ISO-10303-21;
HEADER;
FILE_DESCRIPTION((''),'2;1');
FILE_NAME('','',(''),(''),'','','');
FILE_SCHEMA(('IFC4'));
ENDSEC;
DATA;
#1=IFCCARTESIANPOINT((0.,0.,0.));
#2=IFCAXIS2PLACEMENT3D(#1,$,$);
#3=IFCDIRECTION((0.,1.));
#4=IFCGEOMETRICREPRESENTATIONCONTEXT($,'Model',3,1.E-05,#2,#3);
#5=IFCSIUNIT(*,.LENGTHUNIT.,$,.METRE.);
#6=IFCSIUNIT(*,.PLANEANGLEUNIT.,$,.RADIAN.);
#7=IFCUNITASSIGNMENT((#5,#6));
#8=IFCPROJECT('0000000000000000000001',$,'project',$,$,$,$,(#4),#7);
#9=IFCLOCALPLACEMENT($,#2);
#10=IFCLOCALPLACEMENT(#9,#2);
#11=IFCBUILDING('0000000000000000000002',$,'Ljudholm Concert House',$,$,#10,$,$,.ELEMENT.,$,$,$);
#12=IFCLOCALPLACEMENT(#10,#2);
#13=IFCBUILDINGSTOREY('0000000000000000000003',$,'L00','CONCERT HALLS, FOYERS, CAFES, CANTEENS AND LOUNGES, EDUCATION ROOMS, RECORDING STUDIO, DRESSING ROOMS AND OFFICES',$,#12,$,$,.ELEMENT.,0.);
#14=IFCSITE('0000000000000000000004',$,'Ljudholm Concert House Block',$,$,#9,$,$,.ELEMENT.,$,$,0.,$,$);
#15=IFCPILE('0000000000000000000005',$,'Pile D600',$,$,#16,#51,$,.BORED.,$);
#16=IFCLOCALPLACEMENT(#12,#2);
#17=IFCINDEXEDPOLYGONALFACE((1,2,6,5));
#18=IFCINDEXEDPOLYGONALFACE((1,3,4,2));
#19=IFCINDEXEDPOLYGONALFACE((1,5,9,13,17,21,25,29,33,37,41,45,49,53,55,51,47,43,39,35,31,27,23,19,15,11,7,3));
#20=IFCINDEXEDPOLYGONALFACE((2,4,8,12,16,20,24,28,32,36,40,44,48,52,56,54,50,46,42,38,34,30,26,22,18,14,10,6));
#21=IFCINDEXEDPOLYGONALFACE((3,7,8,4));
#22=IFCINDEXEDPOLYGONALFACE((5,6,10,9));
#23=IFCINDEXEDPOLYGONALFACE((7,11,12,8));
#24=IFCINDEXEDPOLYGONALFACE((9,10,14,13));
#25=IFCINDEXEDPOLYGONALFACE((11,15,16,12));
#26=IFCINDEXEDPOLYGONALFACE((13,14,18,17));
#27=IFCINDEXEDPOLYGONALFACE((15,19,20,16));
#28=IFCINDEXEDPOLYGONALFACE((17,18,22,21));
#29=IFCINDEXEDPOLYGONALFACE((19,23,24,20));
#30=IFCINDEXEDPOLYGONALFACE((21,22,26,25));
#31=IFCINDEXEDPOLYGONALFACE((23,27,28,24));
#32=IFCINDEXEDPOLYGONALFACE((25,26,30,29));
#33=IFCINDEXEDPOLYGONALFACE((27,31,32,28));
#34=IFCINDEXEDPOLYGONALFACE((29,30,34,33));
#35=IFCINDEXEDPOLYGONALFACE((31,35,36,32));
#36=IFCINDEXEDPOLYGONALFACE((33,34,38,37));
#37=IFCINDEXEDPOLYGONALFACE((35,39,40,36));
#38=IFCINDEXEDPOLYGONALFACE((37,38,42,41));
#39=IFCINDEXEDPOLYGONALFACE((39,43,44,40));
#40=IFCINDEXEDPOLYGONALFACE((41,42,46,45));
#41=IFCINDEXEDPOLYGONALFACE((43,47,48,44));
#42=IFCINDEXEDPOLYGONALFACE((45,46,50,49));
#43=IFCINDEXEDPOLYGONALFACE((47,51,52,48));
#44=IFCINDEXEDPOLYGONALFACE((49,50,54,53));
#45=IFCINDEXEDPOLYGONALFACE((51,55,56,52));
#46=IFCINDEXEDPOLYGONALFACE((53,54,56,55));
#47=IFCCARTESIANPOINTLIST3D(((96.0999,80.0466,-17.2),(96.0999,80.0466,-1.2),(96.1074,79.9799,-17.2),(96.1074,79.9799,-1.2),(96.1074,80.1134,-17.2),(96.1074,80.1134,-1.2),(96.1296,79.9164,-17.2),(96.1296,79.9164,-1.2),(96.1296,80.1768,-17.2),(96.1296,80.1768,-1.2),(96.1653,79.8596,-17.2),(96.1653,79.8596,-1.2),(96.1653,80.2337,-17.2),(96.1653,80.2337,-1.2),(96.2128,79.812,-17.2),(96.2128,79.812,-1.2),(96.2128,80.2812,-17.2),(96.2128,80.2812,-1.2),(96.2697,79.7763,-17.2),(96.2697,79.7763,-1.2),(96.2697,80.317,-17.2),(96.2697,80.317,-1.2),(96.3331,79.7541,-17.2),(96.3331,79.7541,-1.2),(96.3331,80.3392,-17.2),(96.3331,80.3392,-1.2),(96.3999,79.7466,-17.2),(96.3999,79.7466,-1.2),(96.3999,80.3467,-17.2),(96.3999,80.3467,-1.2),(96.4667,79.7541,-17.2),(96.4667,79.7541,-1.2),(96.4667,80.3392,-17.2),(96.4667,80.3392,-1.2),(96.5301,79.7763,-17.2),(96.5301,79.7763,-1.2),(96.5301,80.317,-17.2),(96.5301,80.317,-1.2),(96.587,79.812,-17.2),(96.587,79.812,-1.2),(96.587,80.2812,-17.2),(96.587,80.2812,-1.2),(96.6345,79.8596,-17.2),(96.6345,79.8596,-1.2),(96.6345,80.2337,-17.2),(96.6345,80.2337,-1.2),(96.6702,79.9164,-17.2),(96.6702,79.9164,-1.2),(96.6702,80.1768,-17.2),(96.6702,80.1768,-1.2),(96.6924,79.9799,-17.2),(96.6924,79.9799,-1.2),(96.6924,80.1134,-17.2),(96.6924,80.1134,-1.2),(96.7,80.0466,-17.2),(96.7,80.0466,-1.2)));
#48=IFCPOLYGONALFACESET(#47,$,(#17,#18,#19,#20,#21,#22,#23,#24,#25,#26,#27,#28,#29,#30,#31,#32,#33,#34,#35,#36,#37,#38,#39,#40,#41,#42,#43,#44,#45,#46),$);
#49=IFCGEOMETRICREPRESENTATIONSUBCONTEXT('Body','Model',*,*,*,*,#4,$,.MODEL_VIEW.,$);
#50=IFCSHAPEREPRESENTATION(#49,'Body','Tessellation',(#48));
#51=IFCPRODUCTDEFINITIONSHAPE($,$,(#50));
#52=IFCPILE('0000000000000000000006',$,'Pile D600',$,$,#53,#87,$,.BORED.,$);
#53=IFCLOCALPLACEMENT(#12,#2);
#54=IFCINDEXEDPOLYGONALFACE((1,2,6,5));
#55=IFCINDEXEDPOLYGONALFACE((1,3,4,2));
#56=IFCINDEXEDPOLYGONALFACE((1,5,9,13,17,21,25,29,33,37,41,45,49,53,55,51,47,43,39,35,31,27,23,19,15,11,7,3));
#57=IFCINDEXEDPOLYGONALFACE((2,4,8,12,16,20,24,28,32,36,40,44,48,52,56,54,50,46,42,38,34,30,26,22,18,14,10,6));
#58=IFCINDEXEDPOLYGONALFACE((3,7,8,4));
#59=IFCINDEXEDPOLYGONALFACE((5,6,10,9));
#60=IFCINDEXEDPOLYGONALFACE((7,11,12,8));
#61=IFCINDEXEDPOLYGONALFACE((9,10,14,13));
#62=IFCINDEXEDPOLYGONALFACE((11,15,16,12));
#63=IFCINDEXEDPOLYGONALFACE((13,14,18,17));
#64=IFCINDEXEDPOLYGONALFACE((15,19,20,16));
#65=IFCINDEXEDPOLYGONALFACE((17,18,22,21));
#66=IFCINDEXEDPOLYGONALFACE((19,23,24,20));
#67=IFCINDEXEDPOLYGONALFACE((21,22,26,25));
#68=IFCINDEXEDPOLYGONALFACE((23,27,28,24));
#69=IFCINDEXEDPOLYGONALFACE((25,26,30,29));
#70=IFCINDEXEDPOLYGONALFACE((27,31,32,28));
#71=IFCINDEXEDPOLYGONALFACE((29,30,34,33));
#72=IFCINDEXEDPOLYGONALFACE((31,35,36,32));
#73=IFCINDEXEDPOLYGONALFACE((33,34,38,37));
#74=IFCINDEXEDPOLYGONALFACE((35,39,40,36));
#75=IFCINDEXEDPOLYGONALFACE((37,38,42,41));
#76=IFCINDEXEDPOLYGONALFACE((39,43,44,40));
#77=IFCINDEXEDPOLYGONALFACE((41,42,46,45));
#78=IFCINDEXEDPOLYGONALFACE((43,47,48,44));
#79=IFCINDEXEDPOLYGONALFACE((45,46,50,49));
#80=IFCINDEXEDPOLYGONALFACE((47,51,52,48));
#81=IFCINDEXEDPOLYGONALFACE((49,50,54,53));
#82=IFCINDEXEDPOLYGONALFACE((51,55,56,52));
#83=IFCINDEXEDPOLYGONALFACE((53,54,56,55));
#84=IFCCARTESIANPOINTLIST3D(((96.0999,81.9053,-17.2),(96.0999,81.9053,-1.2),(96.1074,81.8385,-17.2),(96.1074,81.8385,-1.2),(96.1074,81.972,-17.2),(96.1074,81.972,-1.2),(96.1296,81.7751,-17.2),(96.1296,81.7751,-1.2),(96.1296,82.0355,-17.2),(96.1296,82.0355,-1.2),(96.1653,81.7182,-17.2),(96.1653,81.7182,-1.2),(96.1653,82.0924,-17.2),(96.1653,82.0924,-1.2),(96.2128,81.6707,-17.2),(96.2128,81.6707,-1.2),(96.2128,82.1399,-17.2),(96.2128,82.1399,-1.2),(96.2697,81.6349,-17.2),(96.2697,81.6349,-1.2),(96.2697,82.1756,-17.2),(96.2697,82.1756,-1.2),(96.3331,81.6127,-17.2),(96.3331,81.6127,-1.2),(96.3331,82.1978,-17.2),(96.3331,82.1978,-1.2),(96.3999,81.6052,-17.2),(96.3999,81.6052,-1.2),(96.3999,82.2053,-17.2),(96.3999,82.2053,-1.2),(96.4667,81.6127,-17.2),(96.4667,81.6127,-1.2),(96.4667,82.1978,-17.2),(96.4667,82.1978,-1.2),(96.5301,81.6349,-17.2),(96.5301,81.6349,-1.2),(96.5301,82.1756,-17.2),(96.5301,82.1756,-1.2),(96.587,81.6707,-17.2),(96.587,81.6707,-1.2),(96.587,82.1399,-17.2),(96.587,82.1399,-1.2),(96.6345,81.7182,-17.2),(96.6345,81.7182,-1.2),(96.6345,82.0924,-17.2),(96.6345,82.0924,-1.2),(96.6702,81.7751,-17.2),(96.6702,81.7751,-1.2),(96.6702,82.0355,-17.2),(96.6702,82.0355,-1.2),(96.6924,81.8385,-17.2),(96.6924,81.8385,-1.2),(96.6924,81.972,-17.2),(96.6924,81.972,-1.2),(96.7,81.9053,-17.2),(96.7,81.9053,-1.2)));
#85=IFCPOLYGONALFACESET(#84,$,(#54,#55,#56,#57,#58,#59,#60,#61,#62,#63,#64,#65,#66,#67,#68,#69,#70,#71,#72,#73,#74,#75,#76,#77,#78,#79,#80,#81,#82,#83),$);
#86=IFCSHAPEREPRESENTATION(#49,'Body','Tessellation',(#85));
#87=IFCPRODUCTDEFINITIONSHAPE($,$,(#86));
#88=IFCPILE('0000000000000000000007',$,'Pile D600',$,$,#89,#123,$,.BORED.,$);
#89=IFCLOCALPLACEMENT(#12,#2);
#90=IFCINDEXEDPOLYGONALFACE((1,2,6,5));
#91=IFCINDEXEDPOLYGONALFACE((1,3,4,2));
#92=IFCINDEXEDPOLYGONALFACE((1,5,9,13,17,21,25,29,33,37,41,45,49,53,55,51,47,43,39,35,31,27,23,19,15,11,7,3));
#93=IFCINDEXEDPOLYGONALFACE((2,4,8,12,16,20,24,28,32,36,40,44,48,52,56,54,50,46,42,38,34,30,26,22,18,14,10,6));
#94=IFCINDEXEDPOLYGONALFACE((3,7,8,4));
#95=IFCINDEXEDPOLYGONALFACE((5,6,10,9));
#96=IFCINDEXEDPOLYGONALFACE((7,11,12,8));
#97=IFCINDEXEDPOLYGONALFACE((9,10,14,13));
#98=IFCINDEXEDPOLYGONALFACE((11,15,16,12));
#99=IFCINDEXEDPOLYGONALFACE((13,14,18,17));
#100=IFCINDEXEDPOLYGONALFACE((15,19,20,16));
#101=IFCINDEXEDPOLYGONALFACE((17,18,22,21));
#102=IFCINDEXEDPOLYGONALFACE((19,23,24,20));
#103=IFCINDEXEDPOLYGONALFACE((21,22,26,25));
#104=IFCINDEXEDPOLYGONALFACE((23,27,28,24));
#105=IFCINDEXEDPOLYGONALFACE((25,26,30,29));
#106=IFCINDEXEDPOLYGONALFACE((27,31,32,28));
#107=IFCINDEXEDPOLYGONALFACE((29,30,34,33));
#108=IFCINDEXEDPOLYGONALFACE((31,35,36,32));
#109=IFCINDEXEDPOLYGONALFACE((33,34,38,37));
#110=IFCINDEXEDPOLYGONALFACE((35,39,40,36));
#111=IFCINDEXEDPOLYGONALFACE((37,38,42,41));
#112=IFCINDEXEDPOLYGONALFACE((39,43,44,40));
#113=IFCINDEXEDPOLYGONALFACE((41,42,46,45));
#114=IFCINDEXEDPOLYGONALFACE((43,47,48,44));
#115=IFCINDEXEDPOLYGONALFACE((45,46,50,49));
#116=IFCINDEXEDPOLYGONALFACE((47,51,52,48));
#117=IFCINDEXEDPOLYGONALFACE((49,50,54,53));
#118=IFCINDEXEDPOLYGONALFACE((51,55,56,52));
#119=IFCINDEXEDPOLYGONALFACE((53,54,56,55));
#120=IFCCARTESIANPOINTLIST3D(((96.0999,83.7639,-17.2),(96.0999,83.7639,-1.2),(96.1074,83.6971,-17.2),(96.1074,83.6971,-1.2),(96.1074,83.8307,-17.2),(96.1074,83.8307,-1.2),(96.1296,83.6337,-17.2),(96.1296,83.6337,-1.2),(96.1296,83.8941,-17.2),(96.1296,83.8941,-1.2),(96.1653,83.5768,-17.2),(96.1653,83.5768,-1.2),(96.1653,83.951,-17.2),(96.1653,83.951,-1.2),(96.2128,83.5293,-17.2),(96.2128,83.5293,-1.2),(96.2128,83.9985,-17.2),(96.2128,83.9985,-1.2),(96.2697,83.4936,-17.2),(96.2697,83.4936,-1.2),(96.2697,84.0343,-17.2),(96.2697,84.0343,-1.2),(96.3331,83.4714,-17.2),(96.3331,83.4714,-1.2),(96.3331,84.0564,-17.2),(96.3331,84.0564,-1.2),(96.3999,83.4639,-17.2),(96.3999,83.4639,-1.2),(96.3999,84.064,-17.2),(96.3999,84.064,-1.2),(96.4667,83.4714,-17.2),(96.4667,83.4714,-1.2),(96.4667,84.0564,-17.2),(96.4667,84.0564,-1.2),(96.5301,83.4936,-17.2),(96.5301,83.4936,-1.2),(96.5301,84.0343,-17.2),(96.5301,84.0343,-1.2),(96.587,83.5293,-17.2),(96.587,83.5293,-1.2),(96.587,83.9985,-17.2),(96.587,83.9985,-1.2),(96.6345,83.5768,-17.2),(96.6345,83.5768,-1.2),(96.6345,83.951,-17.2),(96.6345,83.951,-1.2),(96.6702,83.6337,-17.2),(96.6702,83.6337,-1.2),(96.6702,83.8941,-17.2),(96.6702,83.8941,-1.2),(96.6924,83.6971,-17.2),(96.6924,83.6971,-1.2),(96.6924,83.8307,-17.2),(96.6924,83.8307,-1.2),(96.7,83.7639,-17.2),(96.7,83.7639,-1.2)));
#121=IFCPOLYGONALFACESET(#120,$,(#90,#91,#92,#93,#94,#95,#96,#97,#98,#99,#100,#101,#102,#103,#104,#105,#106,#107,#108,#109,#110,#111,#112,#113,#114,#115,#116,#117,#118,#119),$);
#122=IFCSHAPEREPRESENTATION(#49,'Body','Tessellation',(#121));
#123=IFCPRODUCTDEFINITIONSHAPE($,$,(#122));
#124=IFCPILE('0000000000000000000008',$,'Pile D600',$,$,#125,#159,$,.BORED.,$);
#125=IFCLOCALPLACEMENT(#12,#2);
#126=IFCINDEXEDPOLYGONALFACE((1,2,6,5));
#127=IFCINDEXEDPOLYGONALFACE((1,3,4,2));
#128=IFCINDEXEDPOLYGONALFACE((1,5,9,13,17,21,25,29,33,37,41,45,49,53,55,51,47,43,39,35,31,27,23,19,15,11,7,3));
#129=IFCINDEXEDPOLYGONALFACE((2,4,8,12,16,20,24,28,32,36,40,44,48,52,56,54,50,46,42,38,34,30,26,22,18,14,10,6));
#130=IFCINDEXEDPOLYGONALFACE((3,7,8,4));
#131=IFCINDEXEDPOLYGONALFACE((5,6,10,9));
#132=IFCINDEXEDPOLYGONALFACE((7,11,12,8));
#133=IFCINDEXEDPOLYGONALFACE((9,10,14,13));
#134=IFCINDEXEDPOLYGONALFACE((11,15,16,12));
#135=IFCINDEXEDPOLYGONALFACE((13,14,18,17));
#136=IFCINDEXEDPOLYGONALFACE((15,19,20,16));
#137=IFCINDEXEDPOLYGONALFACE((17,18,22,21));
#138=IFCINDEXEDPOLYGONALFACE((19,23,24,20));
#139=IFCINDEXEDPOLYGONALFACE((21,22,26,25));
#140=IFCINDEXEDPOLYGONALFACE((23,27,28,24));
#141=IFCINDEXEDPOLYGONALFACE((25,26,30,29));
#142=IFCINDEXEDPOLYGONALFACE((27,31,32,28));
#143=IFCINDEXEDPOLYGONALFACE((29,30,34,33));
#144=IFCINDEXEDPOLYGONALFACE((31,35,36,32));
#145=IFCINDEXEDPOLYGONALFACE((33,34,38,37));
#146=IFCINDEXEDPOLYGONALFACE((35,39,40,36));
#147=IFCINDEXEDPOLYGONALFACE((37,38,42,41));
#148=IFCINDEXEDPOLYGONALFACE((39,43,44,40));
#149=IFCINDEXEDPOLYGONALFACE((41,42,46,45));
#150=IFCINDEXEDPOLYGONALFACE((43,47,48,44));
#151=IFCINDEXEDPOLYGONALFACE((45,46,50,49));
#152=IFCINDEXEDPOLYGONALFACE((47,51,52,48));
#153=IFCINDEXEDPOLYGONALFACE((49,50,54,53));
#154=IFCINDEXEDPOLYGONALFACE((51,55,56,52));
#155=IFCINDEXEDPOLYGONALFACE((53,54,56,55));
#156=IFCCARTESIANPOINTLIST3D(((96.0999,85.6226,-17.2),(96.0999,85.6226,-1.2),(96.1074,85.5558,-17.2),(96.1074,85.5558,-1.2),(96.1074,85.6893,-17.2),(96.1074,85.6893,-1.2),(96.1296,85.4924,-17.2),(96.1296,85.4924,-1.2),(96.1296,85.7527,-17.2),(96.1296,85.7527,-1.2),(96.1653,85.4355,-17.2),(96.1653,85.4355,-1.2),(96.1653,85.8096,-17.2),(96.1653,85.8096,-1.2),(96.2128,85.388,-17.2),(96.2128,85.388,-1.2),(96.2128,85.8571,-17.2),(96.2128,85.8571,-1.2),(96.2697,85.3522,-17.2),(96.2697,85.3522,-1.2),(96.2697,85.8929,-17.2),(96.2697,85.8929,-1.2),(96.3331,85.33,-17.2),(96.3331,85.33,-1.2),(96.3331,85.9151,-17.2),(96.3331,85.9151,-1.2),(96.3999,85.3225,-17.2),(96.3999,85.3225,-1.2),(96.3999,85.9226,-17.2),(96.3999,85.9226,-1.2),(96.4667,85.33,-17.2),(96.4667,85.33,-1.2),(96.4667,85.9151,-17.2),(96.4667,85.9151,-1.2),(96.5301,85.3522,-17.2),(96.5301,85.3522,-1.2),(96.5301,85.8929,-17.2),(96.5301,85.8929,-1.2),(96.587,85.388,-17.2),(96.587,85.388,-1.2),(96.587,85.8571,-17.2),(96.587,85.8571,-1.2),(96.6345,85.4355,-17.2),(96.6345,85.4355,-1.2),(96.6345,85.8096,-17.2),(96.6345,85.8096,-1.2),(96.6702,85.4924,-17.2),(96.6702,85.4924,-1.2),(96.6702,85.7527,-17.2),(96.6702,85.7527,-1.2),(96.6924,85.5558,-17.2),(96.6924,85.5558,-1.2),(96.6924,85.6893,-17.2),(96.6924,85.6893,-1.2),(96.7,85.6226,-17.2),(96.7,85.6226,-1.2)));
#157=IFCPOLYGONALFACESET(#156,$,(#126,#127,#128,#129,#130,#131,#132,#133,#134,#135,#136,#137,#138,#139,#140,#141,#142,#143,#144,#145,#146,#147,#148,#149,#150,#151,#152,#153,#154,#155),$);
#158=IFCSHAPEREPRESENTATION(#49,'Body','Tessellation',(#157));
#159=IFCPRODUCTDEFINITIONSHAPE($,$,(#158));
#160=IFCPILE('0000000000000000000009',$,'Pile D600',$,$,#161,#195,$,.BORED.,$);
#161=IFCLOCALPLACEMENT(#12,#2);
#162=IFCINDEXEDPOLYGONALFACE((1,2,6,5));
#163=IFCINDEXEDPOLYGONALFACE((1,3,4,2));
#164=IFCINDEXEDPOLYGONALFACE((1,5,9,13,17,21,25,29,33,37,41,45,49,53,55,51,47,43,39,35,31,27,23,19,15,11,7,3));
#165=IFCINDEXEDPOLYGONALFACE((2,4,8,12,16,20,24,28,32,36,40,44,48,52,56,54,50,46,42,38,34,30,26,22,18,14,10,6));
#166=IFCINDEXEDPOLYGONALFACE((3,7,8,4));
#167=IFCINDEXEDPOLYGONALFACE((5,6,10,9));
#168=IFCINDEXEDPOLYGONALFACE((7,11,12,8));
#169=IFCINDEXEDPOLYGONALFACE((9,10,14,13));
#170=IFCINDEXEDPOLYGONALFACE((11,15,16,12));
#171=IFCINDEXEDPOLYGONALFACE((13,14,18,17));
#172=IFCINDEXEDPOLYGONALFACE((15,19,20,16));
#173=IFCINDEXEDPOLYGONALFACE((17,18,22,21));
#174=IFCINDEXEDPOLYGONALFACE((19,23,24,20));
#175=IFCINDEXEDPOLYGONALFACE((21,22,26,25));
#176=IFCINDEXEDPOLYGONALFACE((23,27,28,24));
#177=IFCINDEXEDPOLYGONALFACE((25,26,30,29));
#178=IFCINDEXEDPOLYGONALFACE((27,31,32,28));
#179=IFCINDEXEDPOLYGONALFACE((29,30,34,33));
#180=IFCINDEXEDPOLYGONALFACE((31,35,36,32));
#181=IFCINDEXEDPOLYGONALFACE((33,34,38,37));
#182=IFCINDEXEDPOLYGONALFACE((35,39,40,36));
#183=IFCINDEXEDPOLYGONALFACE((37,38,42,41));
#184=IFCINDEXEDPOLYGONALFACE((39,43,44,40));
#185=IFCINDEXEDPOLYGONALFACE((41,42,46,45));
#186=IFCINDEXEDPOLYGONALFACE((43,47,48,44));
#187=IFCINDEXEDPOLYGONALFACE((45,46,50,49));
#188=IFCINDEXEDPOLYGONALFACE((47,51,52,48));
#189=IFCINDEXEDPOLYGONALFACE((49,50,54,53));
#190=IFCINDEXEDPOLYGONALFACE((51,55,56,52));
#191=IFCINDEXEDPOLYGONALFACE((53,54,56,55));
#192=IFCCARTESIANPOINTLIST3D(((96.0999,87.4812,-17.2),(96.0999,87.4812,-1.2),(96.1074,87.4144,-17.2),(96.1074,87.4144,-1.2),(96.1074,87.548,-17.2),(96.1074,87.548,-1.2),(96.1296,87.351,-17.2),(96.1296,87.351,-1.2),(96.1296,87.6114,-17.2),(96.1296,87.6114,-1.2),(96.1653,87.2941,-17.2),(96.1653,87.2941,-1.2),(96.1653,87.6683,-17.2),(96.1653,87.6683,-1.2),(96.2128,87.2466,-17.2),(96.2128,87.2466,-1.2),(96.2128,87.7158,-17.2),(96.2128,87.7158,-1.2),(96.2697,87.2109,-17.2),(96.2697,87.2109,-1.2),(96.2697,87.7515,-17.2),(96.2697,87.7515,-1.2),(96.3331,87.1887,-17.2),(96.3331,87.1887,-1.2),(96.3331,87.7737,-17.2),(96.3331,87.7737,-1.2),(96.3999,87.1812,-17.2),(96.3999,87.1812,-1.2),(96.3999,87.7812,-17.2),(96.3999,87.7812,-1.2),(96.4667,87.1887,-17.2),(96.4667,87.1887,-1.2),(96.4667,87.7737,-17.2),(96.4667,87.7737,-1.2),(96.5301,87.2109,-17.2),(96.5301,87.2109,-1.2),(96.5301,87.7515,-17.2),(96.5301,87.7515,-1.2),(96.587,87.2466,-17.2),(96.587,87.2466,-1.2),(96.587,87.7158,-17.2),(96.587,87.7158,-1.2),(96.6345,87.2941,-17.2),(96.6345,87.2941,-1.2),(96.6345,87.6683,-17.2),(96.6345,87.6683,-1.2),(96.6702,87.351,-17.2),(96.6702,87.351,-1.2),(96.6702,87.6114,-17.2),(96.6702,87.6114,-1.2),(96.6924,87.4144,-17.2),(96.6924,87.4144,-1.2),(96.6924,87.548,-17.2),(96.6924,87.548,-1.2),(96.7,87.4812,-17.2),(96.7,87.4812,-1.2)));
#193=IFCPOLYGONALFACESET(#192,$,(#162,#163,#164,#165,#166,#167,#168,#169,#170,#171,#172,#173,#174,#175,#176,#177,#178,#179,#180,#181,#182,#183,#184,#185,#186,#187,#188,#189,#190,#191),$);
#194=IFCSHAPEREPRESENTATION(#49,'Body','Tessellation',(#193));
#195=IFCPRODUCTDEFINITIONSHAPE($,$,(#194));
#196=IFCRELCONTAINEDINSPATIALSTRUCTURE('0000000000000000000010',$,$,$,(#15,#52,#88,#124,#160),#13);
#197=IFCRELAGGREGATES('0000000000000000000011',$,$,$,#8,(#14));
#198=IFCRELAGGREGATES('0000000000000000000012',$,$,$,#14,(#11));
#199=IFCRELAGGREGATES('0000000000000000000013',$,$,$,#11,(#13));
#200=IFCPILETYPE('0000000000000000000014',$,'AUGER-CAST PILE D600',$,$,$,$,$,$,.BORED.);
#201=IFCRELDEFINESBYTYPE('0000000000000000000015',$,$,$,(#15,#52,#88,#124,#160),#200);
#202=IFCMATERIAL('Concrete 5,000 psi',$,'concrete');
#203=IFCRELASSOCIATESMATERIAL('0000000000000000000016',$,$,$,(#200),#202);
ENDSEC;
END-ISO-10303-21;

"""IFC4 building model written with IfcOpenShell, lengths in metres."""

from ifc_helpers import new_model, si_unit, direction, frame, origin, origin_2d, place, context, subcontext, project, spatial, circle, extrude, material, material_profile, profile_set, type_object, element, save


model = new_model("IFC4")

# Units and contexts
model_context = context("Model", 3, precision=1e-05, world=origin(), true_north=direction((0.0, 1.0)))
body_context = subcontext(model_context, "Body", "Model", "MODEL_VIEW")
ifc_project = project(units=[si_unit("LENGTHUNIT", "METRE"), si_unit("PLANEANGLEUNIT", "RADIAN")], contexts=[model_context])

# Site, building, storey
site_placement = place(None, origin())
site = spatial("IfcSite", under=ifc_project, at=site_placement, Name="Ljudholm Concert House Block", CompositionType="ELEMENT", RefElevation=0.0)
building_placement = place(site_placement, origin())
building = spatial("IfcBuilding", under=site, at=building_placement, Name="Ljudholm Concert House", CompositionType="ELEMENT")
storey_placement = place(building_placement, origin())
storey = spatial("IfcBuildingStorey", under=building, at=storey_placement, Name="L00", Description="CONCERT HALLS, FOYERS, CAFES, CANTEENS AND LOUNGES, EDUCATION ROOMS, RECORDING STUDIO, DRESSING ROOMS AND OFFICES", CompositionType="ELEMENT", Elevation=0.0)

# Piles
ifc_material_1 = material(Name="Concrete 5,000 psi", Category="concrete")
ifc_material_profile_1 = material_profile(ifc_material_1, circle(Radius=0.3, at=origin_2d()), Name="AUGER-CAST PILE D600")
ifc_profile_set_1 = profile_set([ifc_material_profile_1], Name="Concrete 5,000 psi")
pile_type = type_object("IfcPileType", Name="AUGER-CAST PILE D600", PredefinedType="BORED", material=ifc_profile_set_1)
for number, where, z_axis, x_axis, name in (
    (1, (96.3999, 80.0466, -1.2), (0.0, 0.0, -1.0), (1.0, 0.0, 0.0), "Pile D600"),
    (2, (96.3999, 81.9053, -1.2), (0.0, 0.0, -1.0), (1.0, 0.0, 0.0), "Pile D600"),
    (3, (96.3999, 83.7639, -1.2), (0.0, 0.0, -1.0), (1.0, 0.0, 0.0), "Pile D600"),
    (4, (96.3999, 85.6226, -1.2), (0.0, 0.0, -1.0), (1.0, 0.0, 0.0), "Pile D600"),
    (5, (96.3999, 87.4812, -1.2), (0.0, 0.0, -1.0), (1.0, 0.0, 0.0), "Pile D600"),
):
    element("IfcPile", number, at=place(storey_placement, frame(where, z_axis=z_axis, x_axis=x_axis)), inside=storey, type_object=pile_type, Name=name, PredefinedType="BORED", context=body_context, shape_type="SweptSolid", body=[
        extrude(circle(Radius=0.3, at=origin_2d()), origin(), (0.0, 0.0, 1.0), 16.0),
    ])

save(model, "model.ifc")
